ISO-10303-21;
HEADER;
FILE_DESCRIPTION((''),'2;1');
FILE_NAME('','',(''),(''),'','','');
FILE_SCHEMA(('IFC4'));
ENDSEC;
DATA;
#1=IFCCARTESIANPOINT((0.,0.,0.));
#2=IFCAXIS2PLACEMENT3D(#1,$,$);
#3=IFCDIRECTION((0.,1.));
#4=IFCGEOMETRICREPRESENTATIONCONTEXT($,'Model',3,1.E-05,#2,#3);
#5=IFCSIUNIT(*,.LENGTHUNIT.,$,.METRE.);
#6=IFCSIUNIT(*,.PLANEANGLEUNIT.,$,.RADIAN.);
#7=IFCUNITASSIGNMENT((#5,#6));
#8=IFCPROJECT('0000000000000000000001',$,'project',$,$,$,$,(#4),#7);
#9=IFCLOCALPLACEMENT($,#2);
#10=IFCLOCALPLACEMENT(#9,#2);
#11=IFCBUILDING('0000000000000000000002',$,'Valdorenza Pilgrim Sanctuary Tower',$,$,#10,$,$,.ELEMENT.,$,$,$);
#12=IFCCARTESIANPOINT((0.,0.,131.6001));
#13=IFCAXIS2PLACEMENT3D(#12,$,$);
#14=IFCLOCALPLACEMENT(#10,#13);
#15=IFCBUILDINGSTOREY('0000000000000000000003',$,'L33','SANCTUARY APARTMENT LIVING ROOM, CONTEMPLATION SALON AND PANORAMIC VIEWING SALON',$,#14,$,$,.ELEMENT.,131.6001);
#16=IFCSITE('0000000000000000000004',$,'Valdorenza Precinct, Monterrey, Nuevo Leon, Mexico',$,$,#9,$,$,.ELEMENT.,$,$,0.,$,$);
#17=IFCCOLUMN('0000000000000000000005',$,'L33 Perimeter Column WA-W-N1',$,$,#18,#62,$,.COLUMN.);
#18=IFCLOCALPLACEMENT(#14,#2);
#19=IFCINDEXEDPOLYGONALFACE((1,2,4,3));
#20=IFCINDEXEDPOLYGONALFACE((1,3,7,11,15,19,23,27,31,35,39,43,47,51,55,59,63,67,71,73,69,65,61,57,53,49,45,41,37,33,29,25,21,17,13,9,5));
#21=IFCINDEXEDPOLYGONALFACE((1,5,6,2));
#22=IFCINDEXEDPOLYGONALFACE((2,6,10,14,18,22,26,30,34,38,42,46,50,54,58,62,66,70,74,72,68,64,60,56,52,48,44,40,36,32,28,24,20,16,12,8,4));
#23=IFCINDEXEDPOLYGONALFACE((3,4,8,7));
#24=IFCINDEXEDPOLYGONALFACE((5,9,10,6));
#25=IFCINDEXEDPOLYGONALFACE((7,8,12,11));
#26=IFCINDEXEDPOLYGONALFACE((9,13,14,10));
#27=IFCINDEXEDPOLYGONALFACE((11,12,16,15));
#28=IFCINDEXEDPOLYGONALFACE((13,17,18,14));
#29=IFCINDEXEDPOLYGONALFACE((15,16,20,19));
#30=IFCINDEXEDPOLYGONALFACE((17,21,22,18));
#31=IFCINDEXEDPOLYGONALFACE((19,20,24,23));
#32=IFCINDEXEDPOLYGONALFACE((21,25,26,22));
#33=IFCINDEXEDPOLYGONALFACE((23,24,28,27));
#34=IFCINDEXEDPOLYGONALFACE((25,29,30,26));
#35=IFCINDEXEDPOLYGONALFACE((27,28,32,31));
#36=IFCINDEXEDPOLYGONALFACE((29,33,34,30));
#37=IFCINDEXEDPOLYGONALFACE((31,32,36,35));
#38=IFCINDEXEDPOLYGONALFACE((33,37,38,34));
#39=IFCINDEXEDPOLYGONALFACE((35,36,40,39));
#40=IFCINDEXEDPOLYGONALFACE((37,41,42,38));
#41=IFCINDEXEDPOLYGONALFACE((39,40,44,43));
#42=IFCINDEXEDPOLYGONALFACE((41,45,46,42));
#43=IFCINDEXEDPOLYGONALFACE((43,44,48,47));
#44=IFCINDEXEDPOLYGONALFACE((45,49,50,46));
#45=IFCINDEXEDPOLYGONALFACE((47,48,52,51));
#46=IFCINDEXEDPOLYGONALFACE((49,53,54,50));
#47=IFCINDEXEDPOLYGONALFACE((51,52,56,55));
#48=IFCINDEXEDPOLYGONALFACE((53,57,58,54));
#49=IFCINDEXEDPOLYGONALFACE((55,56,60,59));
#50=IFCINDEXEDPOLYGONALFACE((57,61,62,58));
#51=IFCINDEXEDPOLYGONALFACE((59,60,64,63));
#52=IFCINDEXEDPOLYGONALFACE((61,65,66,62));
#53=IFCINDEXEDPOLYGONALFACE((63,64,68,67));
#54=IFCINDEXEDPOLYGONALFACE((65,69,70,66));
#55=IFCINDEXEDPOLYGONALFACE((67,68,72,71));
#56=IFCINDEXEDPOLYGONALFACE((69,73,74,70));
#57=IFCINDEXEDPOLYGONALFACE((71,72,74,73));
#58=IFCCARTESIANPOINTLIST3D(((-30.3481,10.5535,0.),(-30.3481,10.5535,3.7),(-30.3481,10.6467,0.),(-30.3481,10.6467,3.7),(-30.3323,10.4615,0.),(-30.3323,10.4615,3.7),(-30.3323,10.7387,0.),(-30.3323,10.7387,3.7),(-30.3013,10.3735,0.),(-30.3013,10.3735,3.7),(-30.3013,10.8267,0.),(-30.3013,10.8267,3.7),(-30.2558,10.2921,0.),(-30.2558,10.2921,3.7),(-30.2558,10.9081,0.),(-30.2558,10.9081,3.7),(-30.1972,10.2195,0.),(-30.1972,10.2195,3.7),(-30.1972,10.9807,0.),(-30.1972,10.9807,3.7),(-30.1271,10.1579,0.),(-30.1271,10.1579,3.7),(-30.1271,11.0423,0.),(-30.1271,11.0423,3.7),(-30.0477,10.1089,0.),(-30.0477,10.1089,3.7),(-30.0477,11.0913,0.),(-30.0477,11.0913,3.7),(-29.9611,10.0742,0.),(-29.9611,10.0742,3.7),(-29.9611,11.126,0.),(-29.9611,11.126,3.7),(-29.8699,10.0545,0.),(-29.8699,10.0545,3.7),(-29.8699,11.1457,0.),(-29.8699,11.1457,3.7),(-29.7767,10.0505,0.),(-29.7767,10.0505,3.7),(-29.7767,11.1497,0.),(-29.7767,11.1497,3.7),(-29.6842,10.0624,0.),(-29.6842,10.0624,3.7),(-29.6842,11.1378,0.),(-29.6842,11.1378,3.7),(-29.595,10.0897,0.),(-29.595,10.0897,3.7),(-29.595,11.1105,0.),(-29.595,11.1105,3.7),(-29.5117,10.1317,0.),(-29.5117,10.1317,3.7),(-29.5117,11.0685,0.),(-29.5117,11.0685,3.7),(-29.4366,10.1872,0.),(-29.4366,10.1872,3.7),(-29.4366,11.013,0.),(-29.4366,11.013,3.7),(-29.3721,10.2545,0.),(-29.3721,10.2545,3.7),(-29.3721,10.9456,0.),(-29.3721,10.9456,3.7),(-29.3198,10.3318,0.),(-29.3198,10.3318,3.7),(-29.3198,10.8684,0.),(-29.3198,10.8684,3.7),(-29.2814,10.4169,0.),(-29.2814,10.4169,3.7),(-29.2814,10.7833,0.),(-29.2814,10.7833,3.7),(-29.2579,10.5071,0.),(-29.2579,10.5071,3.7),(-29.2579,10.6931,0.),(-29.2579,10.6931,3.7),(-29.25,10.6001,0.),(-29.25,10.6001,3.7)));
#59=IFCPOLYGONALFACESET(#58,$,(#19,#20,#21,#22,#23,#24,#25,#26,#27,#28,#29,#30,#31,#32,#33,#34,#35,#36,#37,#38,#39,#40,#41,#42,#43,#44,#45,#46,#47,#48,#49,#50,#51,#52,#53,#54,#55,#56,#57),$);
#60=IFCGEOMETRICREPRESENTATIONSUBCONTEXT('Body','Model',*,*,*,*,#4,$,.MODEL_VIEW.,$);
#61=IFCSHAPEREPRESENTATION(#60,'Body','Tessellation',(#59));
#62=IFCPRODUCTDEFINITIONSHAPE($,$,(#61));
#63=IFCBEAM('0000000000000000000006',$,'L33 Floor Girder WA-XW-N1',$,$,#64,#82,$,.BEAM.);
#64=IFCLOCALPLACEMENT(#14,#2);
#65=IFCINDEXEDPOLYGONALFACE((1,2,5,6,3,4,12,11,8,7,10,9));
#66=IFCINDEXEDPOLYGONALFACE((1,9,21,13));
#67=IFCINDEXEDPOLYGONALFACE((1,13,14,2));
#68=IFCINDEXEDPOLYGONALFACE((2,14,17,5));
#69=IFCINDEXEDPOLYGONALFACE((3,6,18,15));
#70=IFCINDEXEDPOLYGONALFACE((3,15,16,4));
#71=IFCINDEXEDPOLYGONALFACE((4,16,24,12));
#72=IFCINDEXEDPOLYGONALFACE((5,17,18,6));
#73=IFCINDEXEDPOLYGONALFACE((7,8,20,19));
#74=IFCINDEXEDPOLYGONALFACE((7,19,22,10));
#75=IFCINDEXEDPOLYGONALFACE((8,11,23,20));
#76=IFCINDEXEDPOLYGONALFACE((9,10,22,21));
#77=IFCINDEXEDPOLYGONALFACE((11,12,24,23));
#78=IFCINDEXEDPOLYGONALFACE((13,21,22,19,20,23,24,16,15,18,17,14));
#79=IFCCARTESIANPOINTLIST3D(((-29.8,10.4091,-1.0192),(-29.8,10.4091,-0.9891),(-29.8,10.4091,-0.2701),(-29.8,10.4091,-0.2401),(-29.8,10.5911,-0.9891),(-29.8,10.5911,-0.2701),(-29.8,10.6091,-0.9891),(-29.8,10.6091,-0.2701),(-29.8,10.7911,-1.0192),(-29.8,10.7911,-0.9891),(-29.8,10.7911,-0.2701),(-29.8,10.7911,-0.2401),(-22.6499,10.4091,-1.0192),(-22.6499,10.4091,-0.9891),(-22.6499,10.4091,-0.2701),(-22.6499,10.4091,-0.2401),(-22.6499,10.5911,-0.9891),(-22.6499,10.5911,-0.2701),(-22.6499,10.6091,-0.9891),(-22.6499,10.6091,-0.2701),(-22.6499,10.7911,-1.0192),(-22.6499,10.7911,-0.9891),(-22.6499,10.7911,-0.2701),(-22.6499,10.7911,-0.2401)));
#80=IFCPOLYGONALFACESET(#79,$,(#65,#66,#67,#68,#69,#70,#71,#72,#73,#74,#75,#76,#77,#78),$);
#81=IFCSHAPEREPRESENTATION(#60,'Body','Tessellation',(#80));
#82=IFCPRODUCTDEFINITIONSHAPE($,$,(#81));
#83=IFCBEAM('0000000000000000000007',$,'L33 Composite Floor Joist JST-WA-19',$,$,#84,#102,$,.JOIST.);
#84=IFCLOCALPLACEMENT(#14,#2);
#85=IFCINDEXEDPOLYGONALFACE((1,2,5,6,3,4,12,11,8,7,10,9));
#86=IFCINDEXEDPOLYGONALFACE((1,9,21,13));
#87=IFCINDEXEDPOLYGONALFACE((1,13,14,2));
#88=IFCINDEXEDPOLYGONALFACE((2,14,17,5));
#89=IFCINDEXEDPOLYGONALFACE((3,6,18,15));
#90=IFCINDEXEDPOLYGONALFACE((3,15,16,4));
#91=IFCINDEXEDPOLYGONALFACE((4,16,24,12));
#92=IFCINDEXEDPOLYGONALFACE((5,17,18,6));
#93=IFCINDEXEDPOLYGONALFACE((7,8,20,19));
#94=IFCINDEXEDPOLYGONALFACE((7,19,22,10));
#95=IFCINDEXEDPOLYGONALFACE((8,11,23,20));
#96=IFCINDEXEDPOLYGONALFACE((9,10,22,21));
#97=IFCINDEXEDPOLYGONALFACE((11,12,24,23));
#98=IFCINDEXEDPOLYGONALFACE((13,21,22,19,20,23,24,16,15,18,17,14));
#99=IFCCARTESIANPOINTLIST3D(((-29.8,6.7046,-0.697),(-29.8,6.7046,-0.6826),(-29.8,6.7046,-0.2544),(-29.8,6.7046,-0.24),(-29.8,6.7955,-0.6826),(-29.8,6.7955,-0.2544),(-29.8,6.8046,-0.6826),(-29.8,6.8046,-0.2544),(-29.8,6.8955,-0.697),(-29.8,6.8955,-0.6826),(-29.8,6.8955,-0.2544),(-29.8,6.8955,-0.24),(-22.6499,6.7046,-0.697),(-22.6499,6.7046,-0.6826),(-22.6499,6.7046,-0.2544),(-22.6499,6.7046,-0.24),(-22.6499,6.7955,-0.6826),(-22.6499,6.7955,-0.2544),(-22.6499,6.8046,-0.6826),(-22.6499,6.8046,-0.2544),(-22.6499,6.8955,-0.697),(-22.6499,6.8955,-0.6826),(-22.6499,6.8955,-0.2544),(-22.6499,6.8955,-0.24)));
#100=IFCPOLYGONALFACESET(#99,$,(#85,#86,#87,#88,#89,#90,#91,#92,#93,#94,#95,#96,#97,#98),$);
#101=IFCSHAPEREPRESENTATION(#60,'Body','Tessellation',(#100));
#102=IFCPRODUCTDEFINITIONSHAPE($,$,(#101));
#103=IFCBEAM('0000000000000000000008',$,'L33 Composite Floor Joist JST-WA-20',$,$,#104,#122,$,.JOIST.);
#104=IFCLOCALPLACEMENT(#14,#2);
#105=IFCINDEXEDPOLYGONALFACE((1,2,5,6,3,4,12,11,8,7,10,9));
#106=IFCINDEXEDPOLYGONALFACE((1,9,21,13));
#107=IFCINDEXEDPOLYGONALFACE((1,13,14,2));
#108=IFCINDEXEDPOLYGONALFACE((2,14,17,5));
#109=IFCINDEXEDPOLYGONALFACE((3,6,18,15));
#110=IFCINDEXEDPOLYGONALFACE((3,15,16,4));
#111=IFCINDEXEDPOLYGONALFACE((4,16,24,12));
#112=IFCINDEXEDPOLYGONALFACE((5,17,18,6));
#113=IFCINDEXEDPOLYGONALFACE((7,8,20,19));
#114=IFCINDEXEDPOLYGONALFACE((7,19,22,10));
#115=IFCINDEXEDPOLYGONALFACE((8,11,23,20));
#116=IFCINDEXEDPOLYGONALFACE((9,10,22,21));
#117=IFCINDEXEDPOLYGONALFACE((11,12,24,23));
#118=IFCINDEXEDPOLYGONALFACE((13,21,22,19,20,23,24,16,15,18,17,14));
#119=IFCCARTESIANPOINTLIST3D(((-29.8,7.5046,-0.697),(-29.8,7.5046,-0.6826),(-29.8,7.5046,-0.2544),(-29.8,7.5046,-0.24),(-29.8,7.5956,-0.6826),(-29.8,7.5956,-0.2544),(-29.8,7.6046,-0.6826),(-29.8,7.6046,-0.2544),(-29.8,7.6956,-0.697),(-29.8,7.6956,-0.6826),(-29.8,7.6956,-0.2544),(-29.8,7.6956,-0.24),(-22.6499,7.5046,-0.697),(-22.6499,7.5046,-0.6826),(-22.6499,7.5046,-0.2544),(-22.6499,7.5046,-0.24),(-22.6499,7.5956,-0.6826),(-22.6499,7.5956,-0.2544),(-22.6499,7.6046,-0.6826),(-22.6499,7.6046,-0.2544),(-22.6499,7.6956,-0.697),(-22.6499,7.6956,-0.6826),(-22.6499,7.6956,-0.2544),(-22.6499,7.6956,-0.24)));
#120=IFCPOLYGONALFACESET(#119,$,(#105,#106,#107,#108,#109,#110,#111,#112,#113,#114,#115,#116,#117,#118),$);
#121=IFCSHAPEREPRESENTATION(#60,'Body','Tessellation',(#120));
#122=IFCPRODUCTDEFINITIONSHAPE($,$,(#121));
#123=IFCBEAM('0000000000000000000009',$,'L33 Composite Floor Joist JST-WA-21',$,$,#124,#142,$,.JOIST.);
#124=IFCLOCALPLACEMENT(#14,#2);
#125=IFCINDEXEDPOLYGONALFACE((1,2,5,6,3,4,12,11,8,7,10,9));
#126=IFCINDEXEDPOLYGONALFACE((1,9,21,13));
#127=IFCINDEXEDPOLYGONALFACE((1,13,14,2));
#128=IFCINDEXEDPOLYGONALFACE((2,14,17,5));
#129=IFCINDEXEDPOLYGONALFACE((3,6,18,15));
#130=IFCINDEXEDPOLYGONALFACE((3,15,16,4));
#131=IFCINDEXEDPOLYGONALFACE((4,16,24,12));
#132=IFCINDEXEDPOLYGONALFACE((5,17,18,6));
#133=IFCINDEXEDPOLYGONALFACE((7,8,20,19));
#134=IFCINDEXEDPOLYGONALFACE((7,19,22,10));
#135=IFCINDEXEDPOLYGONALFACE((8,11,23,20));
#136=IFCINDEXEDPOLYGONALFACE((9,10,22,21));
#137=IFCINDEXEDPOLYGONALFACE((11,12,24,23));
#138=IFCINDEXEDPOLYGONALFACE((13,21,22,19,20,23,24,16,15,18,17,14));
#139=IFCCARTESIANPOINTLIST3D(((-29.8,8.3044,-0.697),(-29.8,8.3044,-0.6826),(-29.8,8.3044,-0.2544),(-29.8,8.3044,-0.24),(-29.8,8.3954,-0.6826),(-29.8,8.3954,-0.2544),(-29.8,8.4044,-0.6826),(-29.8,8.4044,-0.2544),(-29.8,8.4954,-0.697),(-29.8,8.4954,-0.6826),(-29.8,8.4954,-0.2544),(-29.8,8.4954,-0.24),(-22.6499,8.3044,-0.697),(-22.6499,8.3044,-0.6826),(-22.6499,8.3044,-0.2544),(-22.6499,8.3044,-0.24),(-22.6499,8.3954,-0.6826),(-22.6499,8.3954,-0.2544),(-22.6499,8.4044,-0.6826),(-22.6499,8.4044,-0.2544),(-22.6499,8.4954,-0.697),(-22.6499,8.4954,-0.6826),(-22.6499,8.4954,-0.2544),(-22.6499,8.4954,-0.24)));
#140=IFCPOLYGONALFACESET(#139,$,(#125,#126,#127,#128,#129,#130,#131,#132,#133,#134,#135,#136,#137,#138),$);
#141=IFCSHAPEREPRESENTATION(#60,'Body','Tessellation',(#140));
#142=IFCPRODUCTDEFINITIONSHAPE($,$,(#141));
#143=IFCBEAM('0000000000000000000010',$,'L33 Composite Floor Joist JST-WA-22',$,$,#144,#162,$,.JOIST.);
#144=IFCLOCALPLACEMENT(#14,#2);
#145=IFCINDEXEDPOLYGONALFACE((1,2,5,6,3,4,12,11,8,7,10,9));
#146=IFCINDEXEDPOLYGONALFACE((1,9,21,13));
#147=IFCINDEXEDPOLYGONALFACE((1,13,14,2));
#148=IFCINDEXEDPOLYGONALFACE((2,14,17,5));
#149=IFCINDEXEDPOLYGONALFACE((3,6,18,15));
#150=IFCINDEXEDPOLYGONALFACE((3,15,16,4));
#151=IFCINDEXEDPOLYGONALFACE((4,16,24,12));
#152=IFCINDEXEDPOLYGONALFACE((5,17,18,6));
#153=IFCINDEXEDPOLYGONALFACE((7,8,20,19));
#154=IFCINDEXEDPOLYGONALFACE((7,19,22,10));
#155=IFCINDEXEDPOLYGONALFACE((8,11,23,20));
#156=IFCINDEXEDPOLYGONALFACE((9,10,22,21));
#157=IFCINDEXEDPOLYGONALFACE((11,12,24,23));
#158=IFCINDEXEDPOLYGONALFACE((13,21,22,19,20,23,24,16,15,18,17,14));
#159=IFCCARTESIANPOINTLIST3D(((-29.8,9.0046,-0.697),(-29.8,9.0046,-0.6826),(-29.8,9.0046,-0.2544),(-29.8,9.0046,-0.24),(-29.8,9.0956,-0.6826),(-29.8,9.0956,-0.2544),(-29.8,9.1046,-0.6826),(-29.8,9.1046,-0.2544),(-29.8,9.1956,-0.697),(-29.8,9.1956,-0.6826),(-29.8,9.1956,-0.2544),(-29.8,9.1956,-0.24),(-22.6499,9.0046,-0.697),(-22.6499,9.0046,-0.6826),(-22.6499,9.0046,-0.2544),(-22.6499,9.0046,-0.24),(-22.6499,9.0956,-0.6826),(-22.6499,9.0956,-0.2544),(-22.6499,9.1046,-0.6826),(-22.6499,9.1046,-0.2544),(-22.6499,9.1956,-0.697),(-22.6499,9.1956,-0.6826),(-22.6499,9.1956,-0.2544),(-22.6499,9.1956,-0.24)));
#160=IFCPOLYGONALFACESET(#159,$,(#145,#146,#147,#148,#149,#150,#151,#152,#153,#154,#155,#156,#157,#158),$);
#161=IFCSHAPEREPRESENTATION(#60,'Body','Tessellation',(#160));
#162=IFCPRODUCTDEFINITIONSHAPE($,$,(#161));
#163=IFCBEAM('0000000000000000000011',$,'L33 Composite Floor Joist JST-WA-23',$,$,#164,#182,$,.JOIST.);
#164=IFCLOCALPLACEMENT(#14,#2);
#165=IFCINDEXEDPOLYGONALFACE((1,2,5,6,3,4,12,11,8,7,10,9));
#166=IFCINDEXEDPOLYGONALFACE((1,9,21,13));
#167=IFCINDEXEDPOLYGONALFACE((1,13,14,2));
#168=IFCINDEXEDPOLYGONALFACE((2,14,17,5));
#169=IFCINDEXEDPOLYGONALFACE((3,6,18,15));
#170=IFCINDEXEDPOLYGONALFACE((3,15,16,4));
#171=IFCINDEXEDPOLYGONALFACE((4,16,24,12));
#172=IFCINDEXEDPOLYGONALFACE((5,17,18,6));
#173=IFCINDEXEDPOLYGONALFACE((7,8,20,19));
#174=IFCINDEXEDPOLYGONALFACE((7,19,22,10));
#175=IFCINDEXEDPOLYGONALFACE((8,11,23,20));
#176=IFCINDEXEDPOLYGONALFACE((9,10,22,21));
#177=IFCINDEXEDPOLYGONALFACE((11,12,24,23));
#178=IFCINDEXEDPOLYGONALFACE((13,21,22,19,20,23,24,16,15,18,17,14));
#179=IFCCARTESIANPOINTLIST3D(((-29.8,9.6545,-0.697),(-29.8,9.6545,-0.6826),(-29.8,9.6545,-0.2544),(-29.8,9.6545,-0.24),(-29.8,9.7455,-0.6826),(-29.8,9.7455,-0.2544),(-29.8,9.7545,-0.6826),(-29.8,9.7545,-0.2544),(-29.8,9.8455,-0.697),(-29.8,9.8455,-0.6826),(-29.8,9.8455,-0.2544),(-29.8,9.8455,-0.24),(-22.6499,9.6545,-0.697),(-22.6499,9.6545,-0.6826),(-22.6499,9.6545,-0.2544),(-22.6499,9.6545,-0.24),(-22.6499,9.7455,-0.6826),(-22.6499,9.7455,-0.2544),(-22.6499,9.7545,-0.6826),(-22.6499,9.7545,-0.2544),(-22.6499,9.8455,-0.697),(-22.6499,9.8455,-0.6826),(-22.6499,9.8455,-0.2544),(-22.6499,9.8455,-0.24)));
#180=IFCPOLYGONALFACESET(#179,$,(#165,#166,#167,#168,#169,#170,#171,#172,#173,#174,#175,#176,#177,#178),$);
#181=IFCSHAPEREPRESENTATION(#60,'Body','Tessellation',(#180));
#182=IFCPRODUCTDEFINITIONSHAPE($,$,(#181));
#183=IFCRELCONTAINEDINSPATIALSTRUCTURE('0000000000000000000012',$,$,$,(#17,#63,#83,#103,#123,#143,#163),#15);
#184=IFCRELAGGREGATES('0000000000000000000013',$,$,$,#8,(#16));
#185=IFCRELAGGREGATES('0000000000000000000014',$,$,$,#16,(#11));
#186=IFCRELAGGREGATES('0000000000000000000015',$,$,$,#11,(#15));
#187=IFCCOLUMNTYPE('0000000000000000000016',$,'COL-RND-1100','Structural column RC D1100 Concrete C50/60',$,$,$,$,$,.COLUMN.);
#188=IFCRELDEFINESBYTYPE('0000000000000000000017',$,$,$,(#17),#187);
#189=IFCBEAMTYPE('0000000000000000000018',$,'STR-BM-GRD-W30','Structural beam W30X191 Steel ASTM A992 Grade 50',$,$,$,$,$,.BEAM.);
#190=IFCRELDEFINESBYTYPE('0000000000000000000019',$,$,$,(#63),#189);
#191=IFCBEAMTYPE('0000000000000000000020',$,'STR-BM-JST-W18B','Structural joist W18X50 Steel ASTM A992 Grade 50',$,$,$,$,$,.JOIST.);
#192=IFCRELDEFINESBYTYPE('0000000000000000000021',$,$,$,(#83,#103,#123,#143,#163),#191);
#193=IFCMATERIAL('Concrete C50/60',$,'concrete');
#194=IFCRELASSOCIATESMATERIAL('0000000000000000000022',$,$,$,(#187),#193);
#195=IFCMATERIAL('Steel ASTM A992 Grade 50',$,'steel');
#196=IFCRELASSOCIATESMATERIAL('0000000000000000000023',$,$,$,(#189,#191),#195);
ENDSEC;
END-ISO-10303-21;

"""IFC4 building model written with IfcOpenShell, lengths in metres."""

from ifc_helpers import new_model, si_unit, direction, frame, origin, origin_2d, place, context, subcontext, project, spatial, circle, i_section, extrude, source, transform, mapped, material, material_profile, profile_set, type_object, element, save


model = new_model("IFC4")

# Units and contexts
model_context = context("Model", 3, precision=1e-05, world=origin(), true_north=direction((0.0, 1.0)))
body_context = subcontext(model_context, "Body", "Model", "MODEL_VIEW")
ifc_project = project(units=[si_unit("LENGTHUNIT", "METRE"), si_unit("PLANEANGLEUNIT", "RADIAN")], contexts=[model_context])

# Site, building, storey
site_placement = place(None, origin())
site = spatial("IfcSite", under=ifc_project, at=site_placement, Name="Valdorenza Precinct, Monterrey, Nuevo Leon, Mexico", CompositionType="ELEMENT", RefElevation=0.0)
building_placement = place(site_placement, origin())
building = spatial("IfcBuilding", under=site, at=building_placement, Name="Valdorenza Pilgrim Sanctuary Tower", CompositionType="ELEMENT")
storey_placement = place(building_placement, frame((0.0, 0.0, 131.6001)))
storey = spatial("IfcBuildingStorey", under=building, at=storey_placement, Name="L33", Description="SANCTUARY APARTMENT LIVING ROOM, CONTEMPLATION SALON AND PANORAMIC VIEWING SALON", CompositionType="ELEMENT", Elevation=131.6001)

# Column
ifc_material_1 = material(Name="Concrete C50/60", Category="concrete")
ifc_material_profile_1 = material_profile(ifc_material_1, circle(Radius=0.55, at=origin_2d()), Name="RC D1100")
ifc_profile_set_1 = profile_set([ifc_material_profile_1], Name="Concrete C50/60")
column_type = type_object("IfcColumnType", Name="COL-RND-1100", Description="Structural column RC D1100 Concrete C50/60", PredefinedType="COLUMN", material=ifc_profile_set_1)
shared_shape_1 = source(origin(), body_context, "Body", "SweptSolid", [
    extrude(circle(Radius=0.55, at=origin_2d()), origin(), (0.0, 0.0, 1.0), 3.7),
])
column_placement = place(storey_placement, frame((-29.8, 10.6001, 0.0), z_axis=(0.0, 0.0, 1.0), x_axis=(1.0, 0.0, 0.0)))
element("IfcColumn", 1, at=column_placement, inside=storey, type_object=column_type, Name="L33 Perimeter Column WA-W-N1", PredefinedType="COLUMN", context=body_context, shape_type="MappedRepresentation", body=[
    mapped(shared_shape_1, transform((0.0, 0.0, 0.0), x_axis=(1.0, 0.0, 0.0), y_axis=(0.0, 1.0, 0.0), z_axis=(0.0, 0.0, 1.0), scale=1.0)),
])

# Beams
ifc_material_2 = material(Name="Steel ASTM A992 Grade 50", Category="steel")
ifc_material_profile_2 = material_profile(ifc_material_2, i_section(OverallWidth=0.3821, OverallDepth=0.7791, WebThickness=0.0181, FlangeThickness=0.03, at=origin_2d()), Name="W30X191")
ifc_profile_set_2 = profile_set([ifc_material_profile_2], Name="Steel ASTM A992 Grade 50")
beam_type_1 = type_object("IfcBeamType", Name="STR-BM-GRD-W30", Description="Structural beam W30X191 Steel ASTM A992 Grade 50", PredefinedType="BEAM", material=ifc_profile_set_2)
shared_shape_2 = source(origin(), body_context, "Body", "SweptSolid", [
    extrude(i_section(OverallWidth=0.3821, OverallDepth=0.7791, WebThickness=0.0181, FlangeThickness=0.03, at=origin_2d()), origin(), (0.0, 0.0, 1.0), 7.1501),
])
beam_placement = place(storey_placement, frame((-29.8, 10.6001, -0.6296), z_axis=(1.0, 0.0, 0.0), x_axis=(0.0, 1.0, 0.0)))
element("IfcBeam", 2, at=beam_placement, inside=storey, type_object=beam_type_1, Name="L33 Floor Girder WA-XW-N1", PredefinedType="BEAM", context=body_context, shape_type="MappedRepresentation", body=[
    mapped(shared_shape_2, transform((0.0, 0.0, 0.0), x_axis=(1.0, 0.0, 0.0), y_axis=(0.0, 1.0, 0.0), z_axis=(0.0, 0.0, 1.0), scale=1.0)),
])
ifc_material_profile_3 = material_profile(ifc_material_2, i_section(OverallWidth=0.1909, OverallDepth=0.457, WebThickness=0.009, FlangeThickness=0.0144, at=origin_2d()), Name="W18X50")
ifc_profile_set_3 = profile_set([ifc_material_profile_3], Name="Steel ASTM A992 Grade 50")
beam_type_2 = type_object("IfcBeamType", Name="STR-BM-JST-W18B", Description="Structural joist W18X50 Steel ASTM A992 Grade 50", PredefinedType="JOIST", material=ifc_profile_set_3)
shared_shape_3 = source(origin(), body_context, "Body", "SweptSolid", [
    extrude(i_section(OverallWidth=0.1909, OverallDepth=0.457, WebThickness=0.009, FlangeThickness=0.0144, at=origin_2d()), origin(), (0.0, 0.0, 1.0), 7.1501),
])
for number, where, z_axis, x_axis, name in (
    (3, (-29.8, 6.8, -0.4685), (1.0, 0.0, 0.0), (0.0, 1.0, 0.0), "L33 Composite Floor Joist JST-WA-19"),
    (4, (-29.8, 7.6001, -0.4685), (1.0, 0.0, 0.0), (0.0, 1.0, 0.0), "L33 Composite Floor Joist JST-WA-20"),
    (5, (-29.8, 8.3999, -0.4685), (1.0, 0.0, 0.0), (0.0, 1.0, 0.0), "L33 Composite Floor Joist JST-WA-21"),
    (6, (-29.8, 9.1001, -0.4685), (1.0, 0.0, 0.0), (0.0, 1.0, 0.0), "L33 Composite Floor Joist JST-WA-22"),
    (7, (-29.8, 9.75, -0.4685), (1.0, 0.0, 0.0), (0.0, 1.0, 0.0), "L33 Composite Floor Joist JST-WA-23"),
):
    element("IfcBeam", number, at=place(storey_placement, frame(where, z_axis=z_axis, x_axis=x_axis)), inside=storey, type_object=beam_type_2, Name=name, PredefinedType="JOIST", context=body_context, shape_type="MappedRepresentation", body=[
        mapped(shared_shape_3, transform((0.0, 0.0, 0.0), x_axis=(1.0, 0.0, 0.0), y_axis=(0.0, 1.0, 0.0), z_axis=(0.0, 0.0, 1.0), scale=1.0)),
    ])

save(model, "model.ifc")
